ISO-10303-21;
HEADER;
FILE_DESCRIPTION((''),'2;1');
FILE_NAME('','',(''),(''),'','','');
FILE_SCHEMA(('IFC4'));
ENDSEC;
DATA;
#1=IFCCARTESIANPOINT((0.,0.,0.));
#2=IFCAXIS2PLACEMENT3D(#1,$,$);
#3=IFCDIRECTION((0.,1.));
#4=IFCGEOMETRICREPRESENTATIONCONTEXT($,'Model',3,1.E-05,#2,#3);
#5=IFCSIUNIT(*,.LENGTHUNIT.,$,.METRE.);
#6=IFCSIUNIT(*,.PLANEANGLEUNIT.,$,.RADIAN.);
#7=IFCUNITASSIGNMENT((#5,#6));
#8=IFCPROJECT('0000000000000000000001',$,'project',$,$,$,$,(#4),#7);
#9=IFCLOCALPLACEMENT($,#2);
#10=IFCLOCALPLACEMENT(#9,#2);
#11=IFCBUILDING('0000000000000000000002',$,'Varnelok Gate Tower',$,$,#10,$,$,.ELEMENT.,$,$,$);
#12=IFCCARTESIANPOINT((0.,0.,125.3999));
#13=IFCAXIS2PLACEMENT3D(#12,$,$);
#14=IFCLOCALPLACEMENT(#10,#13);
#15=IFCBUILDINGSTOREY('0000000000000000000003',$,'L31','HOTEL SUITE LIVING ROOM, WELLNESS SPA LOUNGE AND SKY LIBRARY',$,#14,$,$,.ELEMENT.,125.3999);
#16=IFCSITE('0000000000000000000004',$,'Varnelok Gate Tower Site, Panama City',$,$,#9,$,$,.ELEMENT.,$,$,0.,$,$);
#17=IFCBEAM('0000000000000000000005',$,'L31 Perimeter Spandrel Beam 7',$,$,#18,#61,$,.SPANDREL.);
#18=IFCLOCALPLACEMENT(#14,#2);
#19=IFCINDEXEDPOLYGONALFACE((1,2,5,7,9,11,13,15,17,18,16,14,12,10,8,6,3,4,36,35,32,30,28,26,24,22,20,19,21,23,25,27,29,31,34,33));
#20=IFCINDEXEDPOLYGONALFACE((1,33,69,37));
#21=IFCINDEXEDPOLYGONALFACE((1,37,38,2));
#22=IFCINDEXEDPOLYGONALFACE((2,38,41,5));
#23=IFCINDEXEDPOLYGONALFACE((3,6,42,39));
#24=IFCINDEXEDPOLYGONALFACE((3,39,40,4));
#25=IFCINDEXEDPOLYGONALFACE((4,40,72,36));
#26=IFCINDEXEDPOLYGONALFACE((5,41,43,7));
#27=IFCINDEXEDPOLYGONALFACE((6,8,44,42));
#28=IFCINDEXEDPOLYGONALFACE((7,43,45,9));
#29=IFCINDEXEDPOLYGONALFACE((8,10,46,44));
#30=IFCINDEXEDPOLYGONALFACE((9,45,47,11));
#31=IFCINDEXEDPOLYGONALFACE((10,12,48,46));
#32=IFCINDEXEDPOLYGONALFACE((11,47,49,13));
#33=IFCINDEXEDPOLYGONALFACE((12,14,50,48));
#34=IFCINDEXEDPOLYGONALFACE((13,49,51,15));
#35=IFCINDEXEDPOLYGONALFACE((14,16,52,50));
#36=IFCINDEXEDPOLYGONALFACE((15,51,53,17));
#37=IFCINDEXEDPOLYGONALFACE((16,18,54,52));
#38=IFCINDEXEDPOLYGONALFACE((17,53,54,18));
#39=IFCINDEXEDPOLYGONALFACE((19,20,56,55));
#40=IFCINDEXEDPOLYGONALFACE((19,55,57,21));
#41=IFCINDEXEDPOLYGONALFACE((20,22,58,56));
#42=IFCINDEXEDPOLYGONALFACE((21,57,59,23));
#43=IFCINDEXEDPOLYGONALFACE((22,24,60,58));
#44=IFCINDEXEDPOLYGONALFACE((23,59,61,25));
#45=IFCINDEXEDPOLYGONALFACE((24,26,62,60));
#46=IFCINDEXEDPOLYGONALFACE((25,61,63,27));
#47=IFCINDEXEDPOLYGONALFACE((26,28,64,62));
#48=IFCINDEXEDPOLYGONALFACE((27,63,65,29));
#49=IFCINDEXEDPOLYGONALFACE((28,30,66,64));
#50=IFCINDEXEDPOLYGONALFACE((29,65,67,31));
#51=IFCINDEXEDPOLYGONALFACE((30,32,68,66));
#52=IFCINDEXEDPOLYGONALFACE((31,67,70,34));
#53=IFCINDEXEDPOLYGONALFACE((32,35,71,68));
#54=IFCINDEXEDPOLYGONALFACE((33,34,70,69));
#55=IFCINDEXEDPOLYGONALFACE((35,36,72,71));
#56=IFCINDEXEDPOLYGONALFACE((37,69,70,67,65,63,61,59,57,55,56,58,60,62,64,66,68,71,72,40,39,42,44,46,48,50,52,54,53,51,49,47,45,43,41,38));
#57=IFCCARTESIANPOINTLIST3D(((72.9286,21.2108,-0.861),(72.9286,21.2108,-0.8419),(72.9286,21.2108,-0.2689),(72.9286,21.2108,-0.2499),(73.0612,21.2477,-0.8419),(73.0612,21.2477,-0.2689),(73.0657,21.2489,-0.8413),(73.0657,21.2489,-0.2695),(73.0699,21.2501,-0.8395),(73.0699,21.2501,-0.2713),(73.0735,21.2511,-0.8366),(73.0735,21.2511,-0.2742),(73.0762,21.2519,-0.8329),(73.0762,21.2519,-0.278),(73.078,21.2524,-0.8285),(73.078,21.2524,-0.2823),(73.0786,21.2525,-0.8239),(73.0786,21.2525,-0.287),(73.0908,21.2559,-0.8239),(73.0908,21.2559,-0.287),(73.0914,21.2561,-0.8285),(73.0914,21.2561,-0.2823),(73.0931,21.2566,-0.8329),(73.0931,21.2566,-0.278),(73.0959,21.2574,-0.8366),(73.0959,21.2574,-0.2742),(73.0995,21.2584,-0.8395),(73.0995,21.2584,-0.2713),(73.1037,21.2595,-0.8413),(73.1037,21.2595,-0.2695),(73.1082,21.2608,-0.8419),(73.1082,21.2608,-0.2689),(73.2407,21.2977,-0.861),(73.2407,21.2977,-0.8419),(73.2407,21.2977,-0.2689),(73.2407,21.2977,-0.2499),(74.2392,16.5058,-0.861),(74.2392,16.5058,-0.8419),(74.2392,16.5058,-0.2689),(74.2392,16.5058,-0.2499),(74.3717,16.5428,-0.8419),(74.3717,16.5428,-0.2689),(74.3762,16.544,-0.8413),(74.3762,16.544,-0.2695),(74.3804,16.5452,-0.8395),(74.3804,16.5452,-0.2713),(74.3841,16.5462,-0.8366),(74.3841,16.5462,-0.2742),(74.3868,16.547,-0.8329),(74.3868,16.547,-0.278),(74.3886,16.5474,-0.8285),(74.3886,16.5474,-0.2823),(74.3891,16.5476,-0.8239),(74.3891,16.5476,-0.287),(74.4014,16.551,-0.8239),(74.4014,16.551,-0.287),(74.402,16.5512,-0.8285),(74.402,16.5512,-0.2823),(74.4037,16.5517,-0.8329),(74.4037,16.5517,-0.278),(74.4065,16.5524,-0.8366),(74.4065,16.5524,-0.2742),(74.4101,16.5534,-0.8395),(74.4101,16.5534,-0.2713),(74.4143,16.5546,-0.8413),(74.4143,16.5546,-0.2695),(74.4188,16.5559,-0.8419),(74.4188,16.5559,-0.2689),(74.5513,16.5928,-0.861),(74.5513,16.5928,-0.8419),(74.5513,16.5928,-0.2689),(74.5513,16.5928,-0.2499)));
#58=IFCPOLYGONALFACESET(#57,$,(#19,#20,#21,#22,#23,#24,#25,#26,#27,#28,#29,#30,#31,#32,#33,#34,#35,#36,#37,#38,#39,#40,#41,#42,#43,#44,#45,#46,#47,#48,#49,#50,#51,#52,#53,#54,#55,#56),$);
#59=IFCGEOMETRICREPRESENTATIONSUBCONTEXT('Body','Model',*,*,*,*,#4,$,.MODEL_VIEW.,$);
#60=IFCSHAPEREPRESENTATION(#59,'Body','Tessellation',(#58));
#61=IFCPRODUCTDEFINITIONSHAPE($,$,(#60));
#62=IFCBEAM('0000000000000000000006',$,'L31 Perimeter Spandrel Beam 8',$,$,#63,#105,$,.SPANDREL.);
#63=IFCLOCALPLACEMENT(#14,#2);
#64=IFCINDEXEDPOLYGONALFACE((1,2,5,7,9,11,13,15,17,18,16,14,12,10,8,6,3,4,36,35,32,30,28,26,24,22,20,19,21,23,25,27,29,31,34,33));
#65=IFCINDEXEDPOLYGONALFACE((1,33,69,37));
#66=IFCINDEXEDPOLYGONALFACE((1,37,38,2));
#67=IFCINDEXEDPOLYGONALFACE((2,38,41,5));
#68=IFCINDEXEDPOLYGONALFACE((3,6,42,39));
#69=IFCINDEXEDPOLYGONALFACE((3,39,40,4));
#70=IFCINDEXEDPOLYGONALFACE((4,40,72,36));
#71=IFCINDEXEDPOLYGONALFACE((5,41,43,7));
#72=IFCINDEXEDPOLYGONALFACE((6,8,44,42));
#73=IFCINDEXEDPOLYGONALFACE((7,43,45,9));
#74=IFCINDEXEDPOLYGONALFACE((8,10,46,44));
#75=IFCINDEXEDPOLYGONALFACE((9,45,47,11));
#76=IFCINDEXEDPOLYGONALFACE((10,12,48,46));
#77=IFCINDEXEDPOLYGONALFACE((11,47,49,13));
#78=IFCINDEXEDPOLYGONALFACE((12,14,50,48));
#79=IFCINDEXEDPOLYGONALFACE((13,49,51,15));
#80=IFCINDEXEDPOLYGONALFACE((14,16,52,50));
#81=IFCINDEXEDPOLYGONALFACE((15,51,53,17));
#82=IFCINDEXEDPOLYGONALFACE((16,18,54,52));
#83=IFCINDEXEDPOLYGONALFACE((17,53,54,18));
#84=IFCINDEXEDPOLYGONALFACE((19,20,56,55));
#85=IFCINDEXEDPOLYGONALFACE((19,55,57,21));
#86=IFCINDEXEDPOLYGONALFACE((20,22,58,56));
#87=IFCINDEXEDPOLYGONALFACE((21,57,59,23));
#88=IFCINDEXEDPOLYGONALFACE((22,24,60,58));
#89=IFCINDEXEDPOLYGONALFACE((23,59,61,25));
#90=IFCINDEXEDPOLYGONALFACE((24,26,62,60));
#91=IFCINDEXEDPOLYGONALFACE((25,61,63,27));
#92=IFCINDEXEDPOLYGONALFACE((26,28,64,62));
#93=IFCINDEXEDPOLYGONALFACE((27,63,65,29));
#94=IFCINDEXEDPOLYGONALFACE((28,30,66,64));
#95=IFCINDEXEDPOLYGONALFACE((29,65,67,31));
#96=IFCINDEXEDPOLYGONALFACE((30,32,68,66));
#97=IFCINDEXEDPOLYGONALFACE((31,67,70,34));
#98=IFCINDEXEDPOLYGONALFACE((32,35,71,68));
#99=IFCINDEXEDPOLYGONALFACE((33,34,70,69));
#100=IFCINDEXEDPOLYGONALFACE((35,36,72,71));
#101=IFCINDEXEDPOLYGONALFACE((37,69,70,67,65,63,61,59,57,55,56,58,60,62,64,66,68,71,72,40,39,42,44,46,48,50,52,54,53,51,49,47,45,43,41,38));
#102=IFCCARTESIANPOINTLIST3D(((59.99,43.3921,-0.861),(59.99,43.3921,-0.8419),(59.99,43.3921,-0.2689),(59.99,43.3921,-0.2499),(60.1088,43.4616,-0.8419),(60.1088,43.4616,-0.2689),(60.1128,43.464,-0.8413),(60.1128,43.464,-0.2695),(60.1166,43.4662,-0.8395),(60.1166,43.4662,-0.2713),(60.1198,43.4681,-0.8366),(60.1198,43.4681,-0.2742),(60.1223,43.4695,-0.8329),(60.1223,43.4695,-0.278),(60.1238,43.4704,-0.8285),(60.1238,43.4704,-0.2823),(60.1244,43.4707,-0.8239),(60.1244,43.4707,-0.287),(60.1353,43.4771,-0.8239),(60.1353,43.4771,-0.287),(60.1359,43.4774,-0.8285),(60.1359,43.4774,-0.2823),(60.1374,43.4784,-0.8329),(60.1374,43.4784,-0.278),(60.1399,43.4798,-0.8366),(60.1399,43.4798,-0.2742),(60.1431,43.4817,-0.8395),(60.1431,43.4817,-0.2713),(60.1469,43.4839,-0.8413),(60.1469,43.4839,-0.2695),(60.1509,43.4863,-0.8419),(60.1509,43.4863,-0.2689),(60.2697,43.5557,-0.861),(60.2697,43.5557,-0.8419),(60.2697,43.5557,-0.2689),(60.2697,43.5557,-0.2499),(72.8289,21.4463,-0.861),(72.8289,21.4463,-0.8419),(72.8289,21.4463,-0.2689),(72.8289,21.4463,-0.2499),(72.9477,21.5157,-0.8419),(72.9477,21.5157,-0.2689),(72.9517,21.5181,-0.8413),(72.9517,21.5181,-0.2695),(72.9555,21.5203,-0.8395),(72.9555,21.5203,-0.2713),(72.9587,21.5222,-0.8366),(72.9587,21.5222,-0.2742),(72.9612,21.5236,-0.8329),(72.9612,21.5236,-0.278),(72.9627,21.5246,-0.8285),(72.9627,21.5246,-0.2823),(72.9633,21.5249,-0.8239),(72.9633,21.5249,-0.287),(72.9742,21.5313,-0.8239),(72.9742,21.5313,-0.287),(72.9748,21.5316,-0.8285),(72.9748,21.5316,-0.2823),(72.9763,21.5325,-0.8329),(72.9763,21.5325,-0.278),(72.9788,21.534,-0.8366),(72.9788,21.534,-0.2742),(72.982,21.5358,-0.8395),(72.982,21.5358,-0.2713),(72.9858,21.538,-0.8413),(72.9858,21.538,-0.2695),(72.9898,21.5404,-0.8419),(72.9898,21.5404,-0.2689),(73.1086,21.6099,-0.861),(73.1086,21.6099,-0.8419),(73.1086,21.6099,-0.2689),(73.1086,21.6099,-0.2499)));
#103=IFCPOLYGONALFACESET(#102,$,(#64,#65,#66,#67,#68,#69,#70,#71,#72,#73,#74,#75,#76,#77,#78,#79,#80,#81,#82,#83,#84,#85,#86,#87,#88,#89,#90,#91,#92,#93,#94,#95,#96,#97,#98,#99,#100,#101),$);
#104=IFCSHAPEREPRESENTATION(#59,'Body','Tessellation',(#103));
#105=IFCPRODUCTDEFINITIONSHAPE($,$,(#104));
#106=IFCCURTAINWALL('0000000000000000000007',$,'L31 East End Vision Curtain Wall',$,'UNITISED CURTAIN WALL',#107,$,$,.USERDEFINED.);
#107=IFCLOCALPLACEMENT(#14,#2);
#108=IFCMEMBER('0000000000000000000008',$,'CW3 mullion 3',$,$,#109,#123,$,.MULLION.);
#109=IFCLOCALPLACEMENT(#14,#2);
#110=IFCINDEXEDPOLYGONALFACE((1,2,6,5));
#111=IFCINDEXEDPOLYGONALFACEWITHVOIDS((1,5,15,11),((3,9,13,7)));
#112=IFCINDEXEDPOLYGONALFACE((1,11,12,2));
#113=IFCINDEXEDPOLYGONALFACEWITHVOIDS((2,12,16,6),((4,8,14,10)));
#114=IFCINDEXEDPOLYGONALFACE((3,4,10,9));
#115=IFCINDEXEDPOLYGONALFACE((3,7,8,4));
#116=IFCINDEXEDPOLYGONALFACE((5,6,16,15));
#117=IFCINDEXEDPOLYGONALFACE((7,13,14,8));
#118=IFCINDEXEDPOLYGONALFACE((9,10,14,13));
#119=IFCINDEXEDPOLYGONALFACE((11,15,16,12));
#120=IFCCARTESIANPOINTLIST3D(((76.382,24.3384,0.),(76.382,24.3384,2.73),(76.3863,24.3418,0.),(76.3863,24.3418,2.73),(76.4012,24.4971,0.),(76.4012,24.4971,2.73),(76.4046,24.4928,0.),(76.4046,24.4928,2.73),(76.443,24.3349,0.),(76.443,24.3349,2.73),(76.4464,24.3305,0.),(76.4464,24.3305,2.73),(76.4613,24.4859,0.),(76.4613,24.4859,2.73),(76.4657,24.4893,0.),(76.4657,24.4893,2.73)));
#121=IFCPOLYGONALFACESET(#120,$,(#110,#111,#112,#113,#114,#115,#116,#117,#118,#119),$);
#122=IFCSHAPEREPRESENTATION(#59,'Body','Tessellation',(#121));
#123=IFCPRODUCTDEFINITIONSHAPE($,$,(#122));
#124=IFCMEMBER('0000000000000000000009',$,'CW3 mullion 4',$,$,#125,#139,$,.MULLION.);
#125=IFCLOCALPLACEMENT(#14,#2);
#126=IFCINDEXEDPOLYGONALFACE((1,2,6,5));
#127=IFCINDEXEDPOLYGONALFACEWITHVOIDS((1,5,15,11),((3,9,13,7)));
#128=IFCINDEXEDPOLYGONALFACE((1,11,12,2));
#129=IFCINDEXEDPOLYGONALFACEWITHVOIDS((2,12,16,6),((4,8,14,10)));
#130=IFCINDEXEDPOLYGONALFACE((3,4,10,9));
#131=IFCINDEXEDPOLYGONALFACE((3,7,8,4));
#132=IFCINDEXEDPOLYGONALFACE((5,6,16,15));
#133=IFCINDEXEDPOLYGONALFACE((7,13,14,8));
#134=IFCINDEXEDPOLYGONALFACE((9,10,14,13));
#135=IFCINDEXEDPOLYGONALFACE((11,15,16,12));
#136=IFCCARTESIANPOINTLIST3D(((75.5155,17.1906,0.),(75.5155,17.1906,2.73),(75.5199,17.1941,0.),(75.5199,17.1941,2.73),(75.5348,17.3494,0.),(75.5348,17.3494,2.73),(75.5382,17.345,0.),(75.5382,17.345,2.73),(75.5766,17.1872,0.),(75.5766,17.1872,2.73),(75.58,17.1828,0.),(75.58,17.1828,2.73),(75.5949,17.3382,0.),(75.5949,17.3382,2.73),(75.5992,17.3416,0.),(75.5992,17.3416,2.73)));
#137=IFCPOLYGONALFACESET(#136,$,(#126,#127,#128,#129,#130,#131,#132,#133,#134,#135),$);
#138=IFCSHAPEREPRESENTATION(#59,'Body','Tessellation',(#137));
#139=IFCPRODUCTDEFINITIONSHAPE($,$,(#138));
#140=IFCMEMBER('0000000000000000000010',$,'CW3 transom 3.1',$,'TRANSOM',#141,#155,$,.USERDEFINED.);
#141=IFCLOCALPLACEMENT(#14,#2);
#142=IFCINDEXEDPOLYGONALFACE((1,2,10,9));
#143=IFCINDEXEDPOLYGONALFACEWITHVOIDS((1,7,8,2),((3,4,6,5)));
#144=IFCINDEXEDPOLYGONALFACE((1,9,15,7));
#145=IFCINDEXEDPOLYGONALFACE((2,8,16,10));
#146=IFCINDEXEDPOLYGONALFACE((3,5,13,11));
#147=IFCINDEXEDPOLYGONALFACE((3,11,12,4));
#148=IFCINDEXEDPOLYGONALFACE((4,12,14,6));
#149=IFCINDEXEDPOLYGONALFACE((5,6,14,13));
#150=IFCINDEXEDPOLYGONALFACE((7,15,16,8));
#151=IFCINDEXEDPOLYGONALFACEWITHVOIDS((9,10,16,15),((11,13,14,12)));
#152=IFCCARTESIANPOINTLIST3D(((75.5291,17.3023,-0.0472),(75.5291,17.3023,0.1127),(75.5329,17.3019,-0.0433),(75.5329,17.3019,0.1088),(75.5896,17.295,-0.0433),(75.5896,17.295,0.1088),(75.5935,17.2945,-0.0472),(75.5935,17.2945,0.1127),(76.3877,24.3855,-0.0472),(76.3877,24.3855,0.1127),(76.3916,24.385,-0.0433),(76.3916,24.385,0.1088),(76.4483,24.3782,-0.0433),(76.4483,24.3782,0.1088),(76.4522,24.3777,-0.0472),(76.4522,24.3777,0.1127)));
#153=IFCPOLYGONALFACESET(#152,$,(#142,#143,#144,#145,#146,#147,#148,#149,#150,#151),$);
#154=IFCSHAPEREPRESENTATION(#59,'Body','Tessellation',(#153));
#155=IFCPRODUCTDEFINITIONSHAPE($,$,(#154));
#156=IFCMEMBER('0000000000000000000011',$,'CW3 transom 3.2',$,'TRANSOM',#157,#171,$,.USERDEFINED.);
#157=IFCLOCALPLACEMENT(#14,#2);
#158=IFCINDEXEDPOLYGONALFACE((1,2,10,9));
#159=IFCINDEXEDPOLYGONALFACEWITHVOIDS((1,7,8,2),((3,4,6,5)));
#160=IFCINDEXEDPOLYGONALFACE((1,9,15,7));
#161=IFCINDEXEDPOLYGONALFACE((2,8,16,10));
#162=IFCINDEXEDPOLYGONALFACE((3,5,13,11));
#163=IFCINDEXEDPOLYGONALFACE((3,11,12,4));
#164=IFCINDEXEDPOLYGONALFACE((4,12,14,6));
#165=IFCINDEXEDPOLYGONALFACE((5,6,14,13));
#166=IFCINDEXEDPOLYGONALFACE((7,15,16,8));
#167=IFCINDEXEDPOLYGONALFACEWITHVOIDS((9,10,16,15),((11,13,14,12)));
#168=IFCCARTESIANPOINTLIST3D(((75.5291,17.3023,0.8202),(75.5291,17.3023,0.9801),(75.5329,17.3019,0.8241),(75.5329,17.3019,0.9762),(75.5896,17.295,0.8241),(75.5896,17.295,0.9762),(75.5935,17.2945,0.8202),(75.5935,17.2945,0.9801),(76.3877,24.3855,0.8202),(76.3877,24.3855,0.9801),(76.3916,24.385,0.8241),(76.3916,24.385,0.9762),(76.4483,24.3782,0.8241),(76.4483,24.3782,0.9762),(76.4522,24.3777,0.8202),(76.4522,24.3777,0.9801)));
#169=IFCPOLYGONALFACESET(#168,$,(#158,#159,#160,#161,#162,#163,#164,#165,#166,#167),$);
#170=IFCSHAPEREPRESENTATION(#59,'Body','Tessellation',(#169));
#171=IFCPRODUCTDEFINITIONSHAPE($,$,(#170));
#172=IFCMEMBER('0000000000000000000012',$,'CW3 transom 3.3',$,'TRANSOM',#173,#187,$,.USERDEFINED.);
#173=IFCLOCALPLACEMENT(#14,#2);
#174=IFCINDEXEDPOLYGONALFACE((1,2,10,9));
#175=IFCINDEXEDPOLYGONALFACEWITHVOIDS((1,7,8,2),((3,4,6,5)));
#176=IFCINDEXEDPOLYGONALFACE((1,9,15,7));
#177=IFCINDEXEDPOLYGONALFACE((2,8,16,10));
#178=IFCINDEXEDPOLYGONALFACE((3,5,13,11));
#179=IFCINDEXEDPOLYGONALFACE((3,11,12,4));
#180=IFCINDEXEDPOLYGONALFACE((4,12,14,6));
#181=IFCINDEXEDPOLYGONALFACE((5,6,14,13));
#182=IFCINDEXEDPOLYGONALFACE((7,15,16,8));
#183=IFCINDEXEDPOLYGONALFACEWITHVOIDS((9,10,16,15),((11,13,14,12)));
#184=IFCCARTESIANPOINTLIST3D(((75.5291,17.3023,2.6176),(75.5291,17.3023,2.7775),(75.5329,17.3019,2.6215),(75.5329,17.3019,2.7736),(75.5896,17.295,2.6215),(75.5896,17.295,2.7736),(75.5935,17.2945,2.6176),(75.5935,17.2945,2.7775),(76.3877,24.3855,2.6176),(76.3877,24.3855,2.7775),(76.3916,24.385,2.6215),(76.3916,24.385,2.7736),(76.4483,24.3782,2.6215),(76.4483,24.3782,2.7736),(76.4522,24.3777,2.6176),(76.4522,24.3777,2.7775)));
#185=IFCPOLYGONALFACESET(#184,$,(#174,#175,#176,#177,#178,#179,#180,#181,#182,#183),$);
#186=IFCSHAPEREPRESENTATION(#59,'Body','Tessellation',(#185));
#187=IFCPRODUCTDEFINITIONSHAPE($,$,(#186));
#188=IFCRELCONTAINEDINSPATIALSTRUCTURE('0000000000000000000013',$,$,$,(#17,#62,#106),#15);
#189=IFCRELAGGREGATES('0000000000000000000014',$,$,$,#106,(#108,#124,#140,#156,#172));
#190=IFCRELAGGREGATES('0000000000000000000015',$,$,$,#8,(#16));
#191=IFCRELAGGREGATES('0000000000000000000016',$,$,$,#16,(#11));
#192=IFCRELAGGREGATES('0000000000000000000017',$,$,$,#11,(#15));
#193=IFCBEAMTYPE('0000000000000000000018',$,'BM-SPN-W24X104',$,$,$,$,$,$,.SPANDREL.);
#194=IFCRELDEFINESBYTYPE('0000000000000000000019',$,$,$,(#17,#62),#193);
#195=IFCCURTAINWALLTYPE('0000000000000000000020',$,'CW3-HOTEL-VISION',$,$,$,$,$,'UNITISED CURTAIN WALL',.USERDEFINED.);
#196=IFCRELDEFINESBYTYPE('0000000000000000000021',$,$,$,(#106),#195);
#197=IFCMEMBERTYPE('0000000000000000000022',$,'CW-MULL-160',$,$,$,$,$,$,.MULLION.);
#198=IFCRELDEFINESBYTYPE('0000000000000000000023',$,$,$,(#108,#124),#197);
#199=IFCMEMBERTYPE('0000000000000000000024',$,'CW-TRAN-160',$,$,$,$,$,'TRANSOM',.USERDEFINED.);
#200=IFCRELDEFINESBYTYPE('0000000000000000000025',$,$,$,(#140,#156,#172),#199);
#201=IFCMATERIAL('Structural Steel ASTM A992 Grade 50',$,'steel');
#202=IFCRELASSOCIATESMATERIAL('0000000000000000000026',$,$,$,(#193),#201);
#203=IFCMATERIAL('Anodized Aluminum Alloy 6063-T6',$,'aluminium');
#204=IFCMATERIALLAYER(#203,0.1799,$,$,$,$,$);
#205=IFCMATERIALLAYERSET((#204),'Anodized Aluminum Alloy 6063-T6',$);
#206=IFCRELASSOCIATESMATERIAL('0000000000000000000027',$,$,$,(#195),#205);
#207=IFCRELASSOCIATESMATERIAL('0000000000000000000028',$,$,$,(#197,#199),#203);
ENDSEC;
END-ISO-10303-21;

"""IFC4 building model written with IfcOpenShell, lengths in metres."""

from ifc_helpers import new_model, si_unit, direction, frame, origin, origin_2d, place, context, subcontext, project, spatial, hollow_rectangle, i_section, extrude, material, layer, layer_set, material_profile, profile_set, type_object, element, aggregate, save


model = new_model("IFC4")

# Units and contexts
model_context = context("Model", 3, precision=1e-05, world=origin(), true_north=direction((0.0, 1.0)))
body_context = subcontext(model_context, "Body", "Model", "MODEL_VIEW")
ifc_project = project(units=[si_unit("LENGTHUNIT", "METRE"), si_unit("PLANEANGLEUNIT", "RADIAN")], contexts=[model_context])

# Site, building, storey
site_placement = place(None, origin())
site = spatial("IfcSite", under=ifc_project, at=site_placement, Name="Varnelok Gate Tower Site, Panama City", CompositionType="ELEMENT", RefElevation=0.0)
building_placement = place(site_placement, origin())
building = spatial("IfcBuilding", under=site, at=building_placement, Name="Varnelok Gate Tower", CompositionType="ELEMENT")
storey_placement = place(building_placement, frame((0.0, 0.0, 125.3999)))
storey = spatial("IfcBuildingStorey", under=building, at=storey_placement, Name="L31", Description="HOTEL SUITE LIVING ROOM, WELLNESS SPA LOUNGE AND SKY LIBRARY", CompositionType="ELEMENT", Elevation=125.3999)

# Shared definitions
ifc_material_1 = material(Name="Structural Steel ASTM A992 Grade 50", Category="steel")

# Beams
ifc_material_profile_1 = material_profile(ifc_material_1, i_section(OverallWidth=0.324, OverallDepth=0.6111, WebThickness=0.0127, FlangeThickness=0.019, FilletRadius=0.0181, at=origin_2d()), Name="W24X104")
ifc_profile_set_1 = profile_set([ifc_material_profile_1], Name="Structural Steel ASTM A992 Grade 50")
beam_type_1 = type_object("IfcBeamType", Name="BM-SPN-W24X104", PredefinedType="SPANDREL", material=ifc_profile_set_1)
beam_1_placement = place(storey_placement, frame((74.3953, 16.5493, -0.5554), z_axis=(-0.268337, 0.963325, 0.0), x_axis=(-0.963325, -0.268337, 0.0)))
element("IfcBeam", 1, at=beam_1_placement, inside=storey, type_object=beam_type_1, Name="L31 Perimeter Spandrel Beam 7", PredefinedType="SPANDREL", context=body_context, shape_type="SweptSolid", body=[
    extrude(i_section(OverallWidth=0.324, OverallDepth=0.6111, WebThickness=0.0127, FlangeThickness=0.019, FilletRadius=0.0181, at=origin_2d()), origin(), (0.0, 0.0, 1.0), 4.884),
])
beam_2_placement = place(storey_placement, frame((72.9688, 21.5281, -0.5554), z_axis=(-0.504961, 0.863142, 0.0), x_axis=(-0.863142, -0.504961, 0.0)))
element("IfcBeam", 2, at=beam_2_placement, inside=storey, type_object=beam_type_1, Name="L31 Perimeter Spandrel Beam 8", PredefinedType="SPANDREL", context=body_context, shape_type="SweptSolid", body=[
    extrude(i_section(OverallWidth=0.324, OverallDepth=0.6111, WebThickness=0.0127, FlangeThickness=0.019, FilletRadius=0.0181, at=origin_2d()), origin(), (0.0, 0.0, 1.0), 25.4255),
])

# Curtain wall, members
ifc_material_2 = material(Name="Anodized Aluminum Alloy 6063-T6", Category="aluminium")
ifc_layer_1 = layer(ifc_material_2, 0.1799)
ifc_layer_set_1 = layer_set([ifc_layer_1], Name="Anodized Aluminum Alloy 6063-T6")
curtain_wall_type = type_object("IfcCurtainWallType", Name="CW3-HOTEL-VISION", ElementType="UNITISED CURTAIN WALL", PredefinedType="USERDEFINED", material=ifc_layer_set_1)
curtain_wall_placement = place(storey_placement, origin())
curtain_wall = element("IfcCurtainWall", 3, at=curtain_wall_placement, inside=storey, type_object=curtain_wall_type, Name="L31 East End Vision Curtain Wall", ObjectType="UNITISED CURTAIN WALL", PredefinedType="USERDEFINED")
ifc_material_profile_2 = material_profile(ifc_material_2, hollow_rectangle(XDim=0.0649, YDim=0.1599, WallThickness=0.0039, at=origin_2d()), Name="ALU160X65X4")
ifc_profile_set_2 = profile_set([ifc_material_profile_2], Name="Anodized Aluminum Alloy 6063-T6")
member_type_1 = type_object("IfcMemberType", Name="CW-MULL-160", PredefinedType="MULLION", material=ifc_profile_set_2)
member_1_placement = place(storey_placement, frame((76.4238, 24.4138, 0.0), z_axis=(0.0, 0.0, 1.0), x_axis=(0.992732, -0.120347, 0.0)))
member_1 = element("IfcMember", 4, at=member_1_placement, type_object=member_type_1, Name="CW3 mullion 3", PredefinedType="MULLION", context=body_context, shape_type="SweptSolid", body=[
    extrude(hollow_rectangle(XDim=0.0649, YDim=0.1599, WallThickness=0.0039, at=origin_2d()), origin(), (0.0, 0.0, 1.0), 2.73),
])
member_2_placement = place(storey_placement, frame((75.5574, 17.2661, 0.0), z_axis=(0.0, 0.0, 1.0), x_axis=(0.992732, -0.120347, 0.0)))
member_2 = element("IfcMember", 5, at=member_2_placement, type_object=member_type_1, Name="CW3 mullion 4", PredefinedType="MULLION", context=body_context, shape_type="SweptSolid", body=[
    extrude(hollow_rectangle(XDim=0.0649, YDim=0.1599, WallThickness=0.0039, at=origin_2d()), origin(), (0.0, 0.0, 1.0), 2.73),
])
ifc_material_profile_3 = material_profile(ifc_material_2, hollow_rectangle(XDim=0.0649, YDim=0.1599, WallThickness=0.0039, at=origin_2d()), Name="ALU160X65X4")
ifc_profile_set_3 = profile_set([ifc_material_profile_3], Name="Anodized Aluminum Alloy 6063-T6")
member_type_2 = type_object("IfcMemberType", Name="CW-TRAN-160", ElementType="TRANSOM", PredefinedType="USERDEFINED", material=ifc_profile_set_3)
member_3_placement = place(storey_placement, frame((76.4199, 24.3816, 0.0327), z_axis=(-0.120341, -0.992733, 0.0), x_axis=(0.992733, -0.120341, 0.0)))
member_3 = element("IfcMember", 6, at=member_3_placement, type_object=member_type_2, Name="CW3 transom 3.1", ObjectType="TRANSOM", PredefinedType="USERDEFINED", context=body_context, shape_type="SweptSolid", body=[
    extrude(hollow_rectangle(XDim=0.0649, YDim=0.1599, WallThickness=0.0039, at=origin_2d()), origin(), (0.0, 0.0, 1.0), 7.135),
])
member_4_placement = place(storey_placement, frame((76.4199, 24.3816, 0.9001), z_axis=(-0.120341, -0.992733, 0.0), x_axis=(0.992733, -0.120341, 0.0)))
member_4 = element("IfcMember", 7, at=member_4_placement, type_object=member_type_2, Name="CW3 transom 3.2", ObjectType="TRANSOM", PredefinedType="USERDEFINED", context=body_context, shape_type="SweptSolid", body=[
    extrude(hollow_rectangle(XDim=0.0649, YDim=0.1599, WallThickness=0.0039, at=origin_2d()), origin(), (0.0, 0.0, 1.0), 7.135),
])
member_5_placement = place(storey_placement, frame((76.4199, 24.3816, 2.6975), z_axis=(-0.120341, -0.992733, 0.0), x_axis=(0.992733, -0.120341, 0.0)))
member_5 = element("IfcMember", 8, at=member_5_placement, type_object=member_type_2, Name="CW3 transom 3.3", ObjectType="TRANSOM", PredefinedType="USERDEFINED", context=body_context, shape_type="SweptSolid", body=[
    extrude(hollow_rectangle(XDim=0.0649, YDim=0.1599, WallThickness=0.0039, at=origin_2d()), origin(), (0.0, 0.0, 1.0), 7.135),
])
aggregate(curtain_wall, [member_1, member_2, member_3, member_4, member_5])

save(model, "model.ifc")
